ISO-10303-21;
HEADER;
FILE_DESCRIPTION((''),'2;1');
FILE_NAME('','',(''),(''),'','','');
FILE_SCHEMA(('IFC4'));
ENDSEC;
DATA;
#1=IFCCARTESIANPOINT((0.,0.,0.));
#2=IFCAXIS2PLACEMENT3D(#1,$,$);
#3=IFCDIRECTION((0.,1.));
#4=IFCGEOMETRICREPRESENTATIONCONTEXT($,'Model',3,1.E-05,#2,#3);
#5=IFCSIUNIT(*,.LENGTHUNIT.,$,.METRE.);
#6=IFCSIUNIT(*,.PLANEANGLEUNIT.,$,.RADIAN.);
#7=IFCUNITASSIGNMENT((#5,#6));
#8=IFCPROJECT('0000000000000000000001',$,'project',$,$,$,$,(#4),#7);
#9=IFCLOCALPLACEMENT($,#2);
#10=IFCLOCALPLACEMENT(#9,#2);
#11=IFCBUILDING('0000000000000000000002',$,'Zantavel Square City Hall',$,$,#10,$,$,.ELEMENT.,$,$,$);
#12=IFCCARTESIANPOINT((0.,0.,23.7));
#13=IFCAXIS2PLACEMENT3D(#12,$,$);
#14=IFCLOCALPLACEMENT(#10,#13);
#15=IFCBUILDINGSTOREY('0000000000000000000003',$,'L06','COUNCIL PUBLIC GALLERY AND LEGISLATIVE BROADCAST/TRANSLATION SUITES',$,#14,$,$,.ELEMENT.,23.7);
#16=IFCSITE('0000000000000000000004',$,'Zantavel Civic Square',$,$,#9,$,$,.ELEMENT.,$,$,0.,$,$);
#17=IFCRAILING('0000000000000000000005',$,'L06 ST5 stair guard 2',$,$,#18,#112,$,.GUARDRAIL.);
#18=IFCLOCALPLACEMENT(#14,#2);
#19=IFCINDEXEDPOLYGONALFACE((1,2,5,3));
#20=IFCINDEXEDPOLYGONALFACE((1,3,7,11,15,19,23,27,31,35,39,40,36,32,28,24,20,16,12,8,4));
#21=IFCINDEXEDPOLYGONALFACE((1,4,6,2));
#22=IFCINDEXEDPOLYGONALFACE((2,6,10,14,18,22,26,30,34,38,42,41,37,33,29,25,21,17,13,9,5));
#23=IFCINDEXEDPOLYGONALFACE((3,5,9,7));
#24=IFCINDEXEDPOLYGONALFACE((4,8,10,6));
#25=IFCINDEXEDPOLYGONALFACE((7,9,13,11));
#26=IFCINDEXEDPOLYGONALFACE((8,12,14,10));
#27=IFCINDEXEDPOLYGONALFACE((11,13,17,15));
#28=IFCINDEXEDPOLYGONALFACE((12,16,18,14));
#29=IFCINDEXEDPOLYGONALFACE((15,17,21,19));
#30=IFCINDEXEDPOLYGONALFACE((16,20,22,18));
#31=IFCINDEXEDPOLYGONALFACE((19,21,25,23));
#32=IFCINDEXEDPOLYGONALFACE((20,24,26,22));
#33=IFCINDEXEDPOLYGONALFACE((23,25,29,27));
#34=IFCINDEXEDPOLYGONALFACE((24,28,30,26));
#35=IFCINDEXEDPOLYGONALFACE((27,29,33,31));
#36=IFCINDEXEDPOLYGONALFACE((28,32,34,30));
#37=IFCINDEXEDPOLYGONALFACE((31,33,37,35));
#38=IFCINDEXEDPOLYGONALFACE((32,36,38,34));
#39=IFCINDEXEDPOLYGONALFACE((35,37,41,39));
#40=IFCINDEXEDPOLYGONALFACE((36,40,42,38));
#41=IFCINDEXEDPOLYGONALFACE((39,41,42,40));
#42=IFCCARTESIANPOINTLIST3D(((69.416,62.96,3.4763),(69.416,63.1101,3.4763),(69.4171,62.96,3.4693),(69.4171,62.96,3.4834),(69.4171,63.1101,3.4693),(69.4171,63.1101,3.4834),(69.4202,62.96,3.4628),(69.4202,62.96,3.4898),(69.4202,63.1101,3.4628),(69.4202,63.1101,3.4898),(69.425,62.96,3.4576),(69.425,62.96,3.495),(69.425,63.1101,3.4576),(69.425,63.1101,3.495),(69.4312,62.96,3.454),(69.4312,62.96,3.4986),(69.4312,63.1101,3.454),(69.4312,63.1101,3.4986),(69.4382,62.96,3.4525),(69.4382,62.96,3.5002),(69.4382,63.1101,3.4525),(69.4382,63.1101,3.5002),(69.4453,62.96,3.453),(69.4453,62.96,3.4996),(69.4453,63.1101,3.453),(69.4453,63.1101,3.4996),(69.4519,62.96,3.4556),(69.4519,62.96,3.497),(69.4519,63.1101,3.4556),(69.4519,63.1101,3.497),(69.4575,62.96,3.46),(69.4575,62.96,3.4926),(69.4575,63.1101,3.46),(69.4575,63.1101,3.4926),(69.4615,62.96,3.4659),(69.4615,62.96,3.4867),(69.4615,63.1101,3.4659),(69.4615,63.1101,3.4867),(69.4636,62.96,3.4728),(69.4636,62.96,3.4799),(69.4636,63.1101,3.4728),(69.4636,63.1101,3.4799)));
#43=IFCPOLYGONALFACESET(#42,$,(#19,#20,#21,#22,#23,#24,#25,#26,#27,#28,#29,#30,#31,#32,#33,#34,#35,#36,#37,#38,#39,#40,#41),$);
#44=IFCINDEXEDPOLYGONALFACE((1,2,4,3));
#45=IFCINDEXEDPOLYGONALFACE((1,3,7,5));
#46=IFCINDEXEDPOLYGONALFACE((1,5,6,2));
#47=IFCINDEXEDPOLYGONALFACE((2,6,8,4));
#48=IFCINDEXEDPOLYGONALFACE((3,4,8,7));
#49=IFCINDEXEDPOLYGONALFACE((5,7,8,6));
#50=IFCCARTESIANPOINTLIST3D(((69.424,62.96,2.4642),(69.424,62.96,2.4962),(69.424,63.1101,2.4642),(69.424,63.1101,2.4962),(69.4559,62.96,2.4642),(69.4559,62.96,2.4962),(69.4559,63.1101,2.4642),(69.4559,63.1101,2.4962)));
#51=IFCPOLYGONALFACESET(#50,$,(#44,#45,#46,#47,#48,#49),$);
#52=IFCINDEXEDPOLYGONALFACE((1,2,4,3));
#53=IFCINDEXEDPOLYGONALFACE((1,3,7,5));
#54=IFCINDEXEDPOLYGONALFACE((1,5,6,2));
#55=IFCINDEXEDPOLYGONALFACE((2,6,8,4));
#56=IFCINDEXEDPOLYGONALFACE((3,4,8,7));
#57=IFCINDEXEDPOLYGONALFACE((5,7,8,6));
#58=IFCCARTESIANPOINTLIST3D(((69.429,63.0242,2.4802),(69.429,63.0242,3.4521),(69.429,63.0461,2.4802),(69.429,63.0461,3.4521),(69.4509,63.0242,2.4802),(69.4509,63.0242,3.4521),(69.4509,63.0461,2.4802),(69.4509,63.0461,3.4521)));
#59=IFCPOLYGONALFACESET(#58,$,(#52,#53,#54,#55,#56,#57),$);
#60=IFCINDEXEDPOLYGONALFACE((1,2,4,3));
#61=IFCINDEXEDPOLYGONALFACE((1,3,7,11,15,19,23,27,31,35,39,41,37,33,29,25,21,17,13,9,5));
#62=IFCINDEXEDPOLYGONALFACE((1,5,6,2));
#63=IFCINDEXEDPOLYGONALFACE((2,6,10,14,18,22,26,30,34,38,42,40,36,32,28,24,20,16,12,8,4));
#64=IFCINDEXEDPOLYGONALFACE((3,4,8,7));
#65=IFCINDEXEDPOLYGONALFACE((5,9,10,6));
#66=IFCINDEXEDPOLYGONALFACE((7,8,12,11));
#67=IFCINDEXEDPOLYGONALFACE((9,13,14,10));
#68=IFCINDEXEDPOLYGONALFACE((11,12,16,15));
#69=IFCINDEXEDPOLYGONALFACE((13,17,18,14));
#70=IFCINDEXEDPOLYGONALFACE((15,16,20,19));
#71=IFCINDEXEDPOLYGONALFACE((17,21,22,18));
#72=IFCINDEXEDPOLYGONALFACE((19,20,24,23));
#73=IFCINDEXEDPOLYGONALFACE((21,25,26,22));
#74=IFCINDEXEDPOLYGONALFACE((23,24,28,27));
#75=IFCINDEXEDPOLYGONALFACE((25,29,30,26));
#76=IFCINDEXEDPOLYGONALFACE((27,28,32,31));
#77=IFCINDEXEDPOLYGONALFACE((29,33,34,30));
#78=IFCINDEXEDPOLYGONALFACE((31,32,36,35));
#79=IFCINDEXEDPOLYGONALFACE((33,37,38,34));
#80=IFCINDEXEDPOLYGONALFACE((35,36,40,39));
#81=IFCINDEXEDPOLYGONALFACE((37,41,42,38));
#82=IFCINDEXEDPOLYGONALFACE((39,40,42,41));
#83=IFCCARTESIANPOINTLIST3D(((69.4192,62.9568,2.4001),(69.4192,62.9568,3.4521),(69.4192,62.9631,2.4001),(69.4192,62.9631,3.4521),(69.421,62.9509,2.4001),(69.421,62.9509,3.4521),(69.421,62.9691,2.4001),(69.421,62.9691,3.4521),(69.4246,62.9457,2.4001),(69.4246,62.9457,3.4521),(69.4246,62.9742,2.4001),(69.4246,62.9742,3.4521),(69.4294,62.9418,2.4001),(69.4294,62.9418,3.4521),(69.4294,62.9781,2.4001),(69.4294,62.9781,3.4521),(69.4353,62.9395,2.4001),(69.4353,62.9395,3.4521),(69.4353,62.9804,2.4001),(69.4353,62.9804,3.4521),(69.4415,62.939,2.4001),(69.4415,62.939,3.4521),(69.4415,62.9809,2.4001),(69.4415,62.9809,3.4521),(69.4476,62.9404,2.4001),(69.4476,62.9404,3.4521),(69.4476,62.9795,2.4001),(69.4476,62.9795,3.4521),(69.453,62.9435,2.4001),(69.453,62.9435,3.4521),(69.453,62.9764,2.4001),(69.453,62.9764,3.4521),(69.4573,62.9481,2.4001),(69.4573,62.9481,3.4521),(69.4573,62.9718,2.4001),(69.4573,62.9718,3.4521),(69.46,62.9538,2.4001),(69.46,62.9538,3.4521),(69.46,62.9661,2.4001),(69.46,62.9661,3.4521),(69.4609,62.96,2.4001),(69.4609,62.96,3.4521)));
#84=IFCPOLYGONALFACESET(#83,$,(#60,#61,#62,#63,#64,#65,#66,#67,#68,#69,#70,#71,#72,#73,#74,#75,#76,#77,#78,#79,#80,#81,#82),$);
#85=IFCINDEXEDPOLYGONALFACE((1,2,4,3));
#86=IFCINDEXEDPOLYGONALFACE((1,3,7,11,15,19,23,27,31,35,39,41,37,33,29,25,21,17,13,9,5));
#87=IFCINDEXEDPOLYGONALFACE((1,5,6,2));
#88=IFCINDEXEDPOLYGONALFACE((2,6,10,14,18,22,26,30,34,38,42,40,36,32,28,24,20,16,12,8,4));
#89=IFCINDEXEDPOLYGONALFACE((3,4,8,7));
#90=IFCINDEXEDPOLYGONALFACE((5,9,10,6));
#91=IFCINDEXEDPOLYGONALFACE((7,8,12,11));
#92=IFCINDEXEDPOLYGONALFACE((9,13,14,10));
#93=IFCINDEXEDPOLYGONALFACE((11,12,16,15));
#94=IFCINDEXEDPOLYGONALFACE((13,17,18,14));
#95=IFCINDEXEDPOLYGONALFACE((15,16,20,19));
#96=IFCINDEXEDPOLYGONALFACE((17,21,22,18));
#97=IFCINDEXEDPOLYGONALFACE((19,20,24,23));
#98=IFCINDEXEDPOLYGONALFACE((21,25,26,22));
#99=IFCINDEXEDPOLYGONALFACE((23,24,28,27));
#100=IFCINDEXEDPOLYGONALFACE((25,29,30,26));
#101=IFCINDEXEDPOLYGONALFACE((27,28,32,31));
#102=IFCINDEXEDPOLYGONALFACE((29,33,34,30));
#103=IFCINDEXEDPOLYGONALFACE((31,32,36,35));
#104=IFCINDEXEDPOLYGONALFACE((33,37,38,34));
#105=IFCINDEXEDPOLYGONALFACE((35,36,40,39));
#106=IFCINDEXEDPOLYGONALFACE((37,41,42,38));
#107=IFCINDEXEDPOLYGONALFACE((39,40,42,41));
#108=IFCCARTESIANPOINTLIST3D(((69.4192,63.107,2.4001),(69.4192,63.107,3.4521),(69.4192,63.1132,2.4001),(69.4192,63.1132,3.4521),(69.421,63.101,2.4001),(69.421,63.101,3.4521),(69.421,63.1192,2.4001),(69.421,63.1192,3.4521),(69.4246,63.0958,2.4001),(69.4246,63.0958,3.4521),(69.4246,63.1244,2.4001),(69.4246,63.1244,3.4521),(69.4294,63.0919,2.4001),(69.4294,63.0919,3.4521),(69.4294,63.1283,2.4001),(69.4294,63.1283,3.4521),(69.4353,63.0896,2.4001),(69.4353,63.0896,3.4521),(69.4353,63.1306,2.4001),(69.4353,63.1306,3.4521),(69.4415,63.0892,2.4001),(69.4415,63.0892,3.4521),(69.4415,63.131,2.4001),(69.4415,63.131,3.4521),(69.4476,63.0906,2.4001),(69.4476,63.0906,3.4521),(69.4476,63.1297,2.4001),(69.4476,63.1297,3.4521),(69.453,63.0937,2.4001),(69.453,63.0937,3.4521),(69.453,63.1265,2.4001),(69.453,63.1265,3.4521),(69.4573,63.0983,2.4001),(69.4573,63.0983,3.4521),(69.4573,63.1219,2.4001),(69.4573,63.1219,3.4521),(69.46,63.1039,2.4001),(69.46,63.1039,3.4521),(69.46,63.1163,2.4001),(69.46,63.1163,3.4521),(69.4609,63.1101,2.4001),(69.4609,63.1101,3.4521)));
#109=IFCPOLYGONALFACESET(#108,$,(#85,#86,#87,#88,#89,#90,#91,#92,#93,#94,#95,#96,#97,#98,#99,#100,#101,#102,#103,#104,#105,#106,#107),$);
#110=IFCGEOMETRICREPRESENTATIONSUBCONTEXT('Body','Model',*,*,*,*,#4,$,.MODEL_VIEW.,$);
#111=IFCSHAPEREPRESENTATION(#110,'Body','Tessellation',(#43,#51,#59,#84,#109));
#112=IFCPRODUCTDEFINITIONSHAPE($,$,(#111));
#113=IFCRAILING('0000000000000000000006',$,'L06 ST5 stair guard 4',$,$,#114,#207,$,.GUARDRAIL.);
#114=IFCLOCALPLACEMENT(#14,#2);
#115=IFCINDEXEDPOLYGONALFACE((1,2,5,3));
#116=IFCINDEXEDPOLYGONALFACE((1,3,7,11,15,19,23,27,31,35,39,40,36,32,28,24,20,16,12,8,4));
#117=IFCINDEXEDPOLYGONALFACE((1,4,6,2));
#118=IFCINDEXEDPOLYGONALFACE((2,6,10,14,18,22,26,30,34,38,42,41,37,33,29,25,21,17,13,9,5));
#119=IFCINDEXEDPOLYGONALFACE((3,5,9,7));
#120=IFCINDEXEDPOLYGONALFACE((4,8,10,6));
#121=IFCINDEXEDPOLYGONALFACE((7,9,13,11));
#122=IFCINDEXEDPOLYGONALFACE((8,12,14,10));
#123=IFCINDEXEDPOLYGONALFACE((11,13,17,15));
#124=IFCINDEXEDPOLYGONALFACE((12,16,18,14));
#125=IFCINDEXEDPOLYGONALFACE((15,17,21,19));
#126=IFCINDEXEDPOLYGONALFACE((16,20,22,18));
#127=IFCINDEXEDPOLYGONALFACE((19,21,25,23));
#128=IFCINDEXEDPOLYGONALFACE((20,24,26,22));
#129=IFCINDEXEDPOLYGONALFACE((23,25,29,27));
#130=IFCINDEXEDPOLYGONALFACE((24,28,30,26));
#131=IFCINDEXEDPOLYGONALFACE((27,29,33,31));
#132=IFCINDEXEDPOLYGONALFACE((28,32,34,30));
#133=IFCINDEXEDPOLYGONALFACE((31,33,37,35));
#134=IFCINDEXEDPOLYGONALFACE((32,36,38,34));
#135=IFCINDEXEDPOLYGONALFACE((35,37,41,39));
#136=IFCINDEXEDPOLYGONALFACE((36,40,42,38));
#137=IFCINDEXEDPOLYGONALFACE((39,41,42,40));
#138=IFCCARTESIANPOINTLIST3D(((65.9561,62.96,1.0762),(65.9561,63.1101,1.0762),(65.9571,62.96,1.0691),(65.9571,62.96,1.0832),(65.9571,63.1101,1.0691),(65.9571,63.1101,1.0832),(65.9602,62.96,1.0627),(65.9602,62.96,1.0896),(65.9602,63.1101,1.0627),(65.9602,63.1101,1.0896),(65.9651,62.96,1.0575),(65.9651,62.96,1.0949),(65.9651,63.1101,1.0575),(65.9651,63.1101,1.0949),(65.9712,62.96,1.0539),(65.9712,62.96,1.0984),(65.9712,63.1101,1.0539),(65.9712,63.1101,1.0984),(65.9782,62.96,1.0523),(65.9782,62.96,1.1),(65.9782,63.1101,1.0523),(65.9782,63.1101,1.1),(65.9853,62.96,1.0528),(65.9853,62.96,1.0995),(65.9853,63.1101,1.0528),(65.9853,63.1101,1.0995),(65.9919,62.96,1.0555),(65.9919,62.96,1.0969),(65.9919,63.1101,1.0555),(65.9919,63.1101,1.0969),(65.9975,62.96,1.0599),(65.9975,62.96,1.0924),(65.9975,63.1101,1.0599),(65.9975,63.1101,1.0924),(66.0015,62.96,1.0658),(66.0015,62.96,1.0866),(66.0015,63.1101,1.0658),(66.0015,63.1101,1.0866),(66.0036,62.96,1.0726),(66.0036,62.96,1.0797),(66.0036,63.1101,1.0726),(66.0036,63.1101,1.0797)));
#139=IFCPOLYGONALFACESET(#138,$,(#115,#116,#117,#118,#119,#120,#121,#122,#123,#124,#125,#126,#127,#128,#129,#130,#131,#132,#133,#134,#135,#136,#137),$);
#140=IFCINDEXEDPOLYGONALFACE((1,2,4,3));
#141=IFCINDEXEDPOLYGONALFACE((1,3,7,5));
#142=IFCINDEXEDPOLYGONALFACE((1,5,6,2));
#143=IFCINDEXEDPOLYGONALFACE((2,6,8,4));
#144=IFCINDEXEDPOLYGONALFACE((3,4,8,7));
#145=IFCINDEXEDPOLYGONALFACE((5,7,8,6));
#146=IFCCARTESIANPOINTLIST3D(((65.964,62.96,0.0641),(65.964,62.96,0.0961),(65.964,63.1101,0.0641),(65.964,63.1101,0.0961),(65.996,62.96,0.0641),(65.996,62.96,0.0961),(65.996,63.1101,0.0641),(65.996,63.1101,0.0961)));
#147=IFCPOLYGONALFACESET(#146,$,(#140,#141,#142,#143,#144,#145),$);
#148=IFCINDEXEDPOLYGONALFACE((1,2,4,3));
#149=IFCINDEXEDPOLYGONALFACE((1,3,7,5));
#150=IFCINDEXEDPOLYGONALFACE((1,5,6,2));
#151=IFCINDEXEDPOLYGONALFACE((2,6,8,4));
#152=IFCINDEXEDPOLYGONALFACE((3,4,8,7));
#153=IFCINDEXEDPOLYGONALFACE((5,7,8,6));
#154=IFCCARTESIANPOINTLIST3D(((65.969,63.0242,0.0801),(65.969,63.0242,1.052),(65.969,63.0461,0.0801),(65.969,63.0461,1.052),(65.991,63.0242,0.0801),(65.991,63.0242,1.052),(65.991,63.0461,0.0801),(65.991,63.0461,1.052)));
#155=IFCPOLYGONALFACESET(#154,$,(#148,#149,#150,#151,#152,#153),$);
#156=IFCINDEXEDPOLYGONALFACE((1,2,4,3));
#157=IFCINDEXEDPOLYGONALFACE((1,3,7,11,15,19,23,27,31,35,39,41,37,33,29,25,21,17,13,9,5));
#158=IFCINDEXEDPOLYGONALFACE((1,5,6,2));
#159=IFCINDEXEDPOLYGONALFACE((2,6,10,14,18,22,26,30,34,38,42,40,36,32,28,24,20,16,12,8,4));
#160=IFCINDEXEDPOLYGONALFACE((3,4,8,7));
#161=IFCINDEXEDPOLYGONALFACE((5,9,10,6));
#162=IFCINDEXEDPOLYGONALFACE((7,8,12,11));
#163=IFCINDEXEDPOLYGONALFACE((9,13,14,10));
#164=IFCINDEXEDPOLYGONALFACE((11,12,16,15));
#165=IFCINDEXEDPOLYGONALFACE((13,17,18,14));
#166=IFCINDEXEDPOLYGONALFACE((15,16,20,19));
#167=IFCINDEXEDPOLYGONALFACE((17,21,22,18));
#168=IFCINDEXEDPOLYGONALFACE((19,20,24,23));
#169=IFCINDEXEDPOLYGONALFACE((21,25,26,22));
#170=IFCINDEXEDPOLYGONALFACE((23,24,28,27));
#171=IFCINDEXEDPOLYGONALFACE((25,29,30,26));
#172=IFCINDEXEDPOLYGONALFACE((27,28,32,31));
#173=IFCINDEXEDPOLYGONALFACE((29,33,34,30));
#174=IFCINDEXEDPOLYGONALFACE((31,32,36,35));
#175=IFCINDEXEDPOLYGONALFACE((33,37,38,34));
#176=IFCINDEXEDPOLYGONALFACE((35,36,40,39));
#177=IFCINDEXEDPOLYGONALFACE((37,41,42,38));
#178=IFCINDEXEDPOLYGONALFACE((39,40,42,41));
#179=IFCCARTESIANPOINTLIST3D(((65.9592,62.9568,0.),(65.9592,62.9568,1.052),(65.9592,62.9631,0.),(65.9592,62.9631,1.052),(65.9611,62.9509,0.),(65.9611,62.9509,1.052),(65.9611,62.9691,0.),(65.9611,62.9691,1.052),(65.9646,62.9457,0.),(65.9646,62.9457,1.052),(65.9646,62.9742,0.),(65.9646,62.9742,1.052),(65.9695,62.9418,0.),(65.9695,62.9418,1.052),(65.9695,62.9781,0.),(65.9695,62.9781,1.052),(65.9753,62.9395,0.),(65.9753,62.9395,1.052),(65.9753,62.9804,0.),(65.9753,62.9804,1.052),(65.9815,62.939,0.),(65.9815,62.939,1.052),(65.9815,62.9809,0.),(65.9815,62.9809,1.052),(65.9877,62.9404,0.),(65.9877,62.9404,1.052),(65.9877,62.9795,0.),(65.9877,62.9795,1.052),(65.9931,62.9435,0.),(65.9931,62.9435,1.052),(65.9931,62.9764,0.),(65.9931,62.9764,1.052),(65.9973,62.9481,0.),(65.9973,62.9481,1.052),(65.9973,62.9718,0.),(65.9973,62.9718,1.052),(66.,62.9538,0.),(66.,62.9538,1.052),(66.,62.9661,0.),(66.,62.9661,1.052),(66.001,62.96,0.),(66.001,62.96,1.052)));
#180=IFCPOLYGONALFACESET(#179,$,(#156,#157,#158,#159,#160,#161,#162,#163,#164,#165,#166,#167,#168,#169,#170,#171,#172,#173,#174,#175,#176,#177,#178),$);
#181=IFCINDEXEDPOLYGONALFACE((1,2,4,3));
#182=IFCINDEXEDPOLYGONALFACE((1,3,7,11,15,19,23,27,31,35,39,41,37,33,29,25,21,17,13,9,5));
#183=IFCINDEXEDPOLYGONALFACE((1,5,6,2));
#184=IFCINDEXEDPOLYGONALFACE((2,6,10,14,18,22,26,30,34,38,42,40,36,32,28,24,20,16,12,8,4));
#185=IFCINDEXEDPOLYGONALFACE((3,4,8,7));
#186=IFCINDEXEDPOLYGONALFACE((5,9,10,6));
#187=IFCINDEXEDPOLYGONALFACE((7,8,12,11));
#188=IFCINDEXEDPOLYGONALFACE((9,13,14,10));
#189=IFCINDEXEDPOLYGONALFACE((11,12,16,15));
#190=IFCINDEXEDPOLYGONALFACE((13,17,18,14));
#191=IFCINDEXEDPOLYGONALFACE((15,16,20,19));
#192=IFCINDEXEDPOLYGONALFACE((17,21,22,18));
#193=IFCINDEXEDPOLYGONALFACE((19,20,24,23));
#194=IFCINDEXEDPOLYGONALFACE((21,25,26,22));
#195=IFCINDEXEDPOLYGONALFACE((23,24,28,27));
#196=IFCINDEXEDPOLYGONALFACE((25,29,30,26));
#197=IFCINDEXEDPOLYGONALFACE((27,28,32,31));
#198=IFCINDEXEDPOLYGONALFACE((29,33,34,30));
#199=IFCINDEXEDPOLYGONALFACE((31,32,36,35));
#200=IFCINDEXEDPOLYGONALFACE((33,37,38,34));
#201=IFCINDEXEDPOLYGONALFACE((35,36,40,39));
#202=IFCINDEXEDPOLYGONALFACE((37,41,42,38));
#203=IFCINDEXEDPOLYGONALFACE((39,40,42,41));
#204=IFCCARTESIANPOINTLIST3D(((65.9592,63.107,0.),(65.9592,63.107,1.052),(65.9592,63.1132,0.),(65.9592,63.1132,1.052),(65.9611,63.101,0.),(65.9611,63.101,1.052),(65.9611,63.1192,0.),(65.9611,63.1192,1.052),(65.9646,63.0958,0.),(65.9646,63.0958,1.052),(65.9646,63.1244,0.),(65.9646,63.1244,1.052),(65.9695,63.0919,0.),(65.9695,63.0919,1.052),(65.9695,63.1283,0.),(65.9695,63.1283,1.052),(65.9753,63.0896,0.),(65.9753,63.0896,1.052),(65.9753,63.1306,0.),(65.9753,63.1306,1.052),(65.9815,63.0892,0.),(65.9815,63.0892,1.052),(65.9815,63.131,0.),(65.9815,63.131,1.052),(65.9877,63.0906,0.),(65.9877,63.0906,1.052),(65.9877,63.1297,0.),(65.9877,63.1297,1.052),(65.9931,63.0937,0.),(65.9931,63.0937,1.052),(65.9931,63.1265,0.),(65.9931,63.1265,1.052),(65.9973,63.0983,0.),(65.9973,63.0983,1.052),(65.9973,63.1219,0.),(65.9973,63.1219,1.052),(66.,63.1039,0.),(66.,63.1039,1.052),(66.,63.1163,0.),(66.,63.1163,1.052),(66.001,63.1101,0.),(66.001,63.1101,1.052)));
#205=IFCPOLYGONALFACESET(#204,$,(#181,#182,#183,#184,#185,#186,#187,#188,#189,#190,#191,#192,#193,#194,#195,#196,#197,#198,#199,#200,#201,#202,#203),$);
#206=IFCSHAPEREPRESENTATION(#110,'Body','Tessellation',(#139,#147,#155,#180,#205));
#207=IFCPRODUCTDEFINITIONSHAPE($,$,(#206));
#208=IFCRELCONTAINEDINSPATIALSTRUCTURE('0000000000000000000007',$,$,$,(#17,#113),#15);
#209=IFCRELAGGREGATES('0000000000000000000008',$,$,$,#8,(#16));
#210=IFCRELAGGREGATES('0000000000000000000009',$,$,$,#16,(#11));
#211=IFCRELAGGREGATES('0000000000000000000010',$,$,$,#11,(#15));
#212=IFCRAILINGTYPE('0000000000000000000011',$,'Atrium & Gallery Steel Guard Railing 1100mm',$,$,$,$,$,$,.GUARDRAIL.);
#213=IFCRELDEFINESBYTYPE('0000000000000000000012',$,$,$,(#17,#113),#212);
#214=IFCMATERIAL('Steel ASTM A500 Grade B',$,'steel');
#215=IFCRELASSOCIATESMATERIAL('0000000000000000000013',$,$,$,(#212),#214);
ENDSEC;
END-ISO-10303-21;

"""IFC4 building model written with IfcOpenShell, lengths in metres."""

from ifc_helpers import new_model, si_unit, direction, frame, origin, origin_2d, place, context, subcontext, project, spatial, rectangle, circle, extrude, material, type_object, element, save


model = new_model("IFC4")

# Units and contexts
model_context = context("Model", 3, precision=1e-05, world=origin(), true_north=direction((0.0, 1.0)))
body_context = subcontext(model_context, "Body", "Model", "MODEL_VIEW")
ifc_project = project(units=[si_unit("LENGTHUNIT", "METRE"), si_unit("PLANEANGLEUNIT", "RADIAN")], contexts=[model_context])

# Site, building, storey
site_placement = place(None, origin())
site = spatial("IfcSite", under=ifc_project, at=site_placement, Name="Zantavel Civic Square", CompositionType="ELEMENT", RefElevation=0.0)
building_placement = place(site_placement, origin())
building = spatial("IfcBuilding", under=site, at=building_placement, Name="Zantavel Square City Hall", CompositionType="ELEMENT")
storey_placement = place(building_placement, frame((0.0, 0.0, 23.7)))
storey = spatial("IfcBuildingStorey", under=building, at=storey_placement, Name="L06", Description="COUNCIL PUBLIC GALLERY AND LEGISLATIVE BROADCAST/TRANSLATION SUITES", CompositionType="ELEMENT", Elevation=23.7)

# Railings
ifc_material_1 = material(Name="Steel ASTM A500 Grade B", Category="steel")
railing_type_1 = type_object("IfcRailingType", Name="Atrium & Gallery Steel Guard Railing 1100mm", PredefinedType="GUARDRAIL", material=ifc_material_1)
railing_1_placement = place(storey_placement, frame((69.4399, 62.96, 2.4001)))
element("IfcRailing", 1, at=railing_1_placement, inside=storey, type_object=railing_type_1, Name="L06 ST5 stair guard 2", PredefinedType="GUARDRAIL", context=body_context, shape_type="SweptSolid", body=[
    extrude(circle(Radius=0.0239, at=origin_2d()), frame((0.0, 0.0, 1.0762), z_axis=(0.0, 1.0, 0.0), x_axis=(-1.0, 0.0, 0.0)), (0.0, 0.0, 1.0), 0.1501),
    extrude(rectangle(XDim=0.032, YDim=0.032, at=origin_2d()), frame((0.0, 0.0, 0.0801), z_axis=(0.0, 1.0, 0.0), x_axis=(-1.0, 0.0, 0.0)), (0.0, 0.0, 1.0), 0.1501),
    extrude(rectangle(XDim=0.022, YDim=0.022, at=origin_2d()), frame((0.0, 0.0752, 0.0801)), (0.0, 0.0, 1.0), 0.9719),
    extrude(circle(Radius=0.021, at=origin_2d()), origin(), (0.0, 0.0, 1.0), 1.052),
    extrude(circle(Radius=0.021, at=origin_2d()), frame((0.0, 0.1501, 0.0)), (0.0, 0.0, 1.0), 1.052),
])
railing_2_placement = place(storey_placement, frame((65.98, 62.96, 0.0)))
element("IfcRailing", 2, at=railing_2_placement, inside=storey, type_object=railing_type_1, Name="L06 ST5 stair guard 4", PredefinedType="GUARDRAIL", context=body_context, shape_type="SweptSolid", body=[
    extrude(circle(Radius=0.0239, at=origin_2d()), frame((0.0, 0.0, 1.0762), z_axis=(0.0, 1.0, 0.0), x_axis=(-1.0, 0.0, 0.0)), (0.0, 0.0, 1.0), 0.1501),
    extrude(rectangle(XDim=0.032, YDim=0.032, at=origin_2d()), frame((0.0, 0.0, 0.0801), z_axis=(0.0, 1.0, 0.0), x_axis=(-1.0, 0.0, 0.0)), (0.0, 0.0, 1.0), 0.1501),
    extrude(rectangle(XDim=0.022, YDim=0.022, at=origin_2d()), frame((0.0, 0.0752, 0.0801)), (0.0, 0.0, 1.0), 0.9719),
    extrude(circle(Radius=0.021, at=origin_2d()), origin(), (0.0, 0.0, 1.0), 1.052),
    extrude(circle(Radius=0.021, at=origin_2d()), frame((0.0, 0.1501, 0.0)), (0.0, 0.0, 1.0), 1.052),
])

save(model, "model.ifc")
